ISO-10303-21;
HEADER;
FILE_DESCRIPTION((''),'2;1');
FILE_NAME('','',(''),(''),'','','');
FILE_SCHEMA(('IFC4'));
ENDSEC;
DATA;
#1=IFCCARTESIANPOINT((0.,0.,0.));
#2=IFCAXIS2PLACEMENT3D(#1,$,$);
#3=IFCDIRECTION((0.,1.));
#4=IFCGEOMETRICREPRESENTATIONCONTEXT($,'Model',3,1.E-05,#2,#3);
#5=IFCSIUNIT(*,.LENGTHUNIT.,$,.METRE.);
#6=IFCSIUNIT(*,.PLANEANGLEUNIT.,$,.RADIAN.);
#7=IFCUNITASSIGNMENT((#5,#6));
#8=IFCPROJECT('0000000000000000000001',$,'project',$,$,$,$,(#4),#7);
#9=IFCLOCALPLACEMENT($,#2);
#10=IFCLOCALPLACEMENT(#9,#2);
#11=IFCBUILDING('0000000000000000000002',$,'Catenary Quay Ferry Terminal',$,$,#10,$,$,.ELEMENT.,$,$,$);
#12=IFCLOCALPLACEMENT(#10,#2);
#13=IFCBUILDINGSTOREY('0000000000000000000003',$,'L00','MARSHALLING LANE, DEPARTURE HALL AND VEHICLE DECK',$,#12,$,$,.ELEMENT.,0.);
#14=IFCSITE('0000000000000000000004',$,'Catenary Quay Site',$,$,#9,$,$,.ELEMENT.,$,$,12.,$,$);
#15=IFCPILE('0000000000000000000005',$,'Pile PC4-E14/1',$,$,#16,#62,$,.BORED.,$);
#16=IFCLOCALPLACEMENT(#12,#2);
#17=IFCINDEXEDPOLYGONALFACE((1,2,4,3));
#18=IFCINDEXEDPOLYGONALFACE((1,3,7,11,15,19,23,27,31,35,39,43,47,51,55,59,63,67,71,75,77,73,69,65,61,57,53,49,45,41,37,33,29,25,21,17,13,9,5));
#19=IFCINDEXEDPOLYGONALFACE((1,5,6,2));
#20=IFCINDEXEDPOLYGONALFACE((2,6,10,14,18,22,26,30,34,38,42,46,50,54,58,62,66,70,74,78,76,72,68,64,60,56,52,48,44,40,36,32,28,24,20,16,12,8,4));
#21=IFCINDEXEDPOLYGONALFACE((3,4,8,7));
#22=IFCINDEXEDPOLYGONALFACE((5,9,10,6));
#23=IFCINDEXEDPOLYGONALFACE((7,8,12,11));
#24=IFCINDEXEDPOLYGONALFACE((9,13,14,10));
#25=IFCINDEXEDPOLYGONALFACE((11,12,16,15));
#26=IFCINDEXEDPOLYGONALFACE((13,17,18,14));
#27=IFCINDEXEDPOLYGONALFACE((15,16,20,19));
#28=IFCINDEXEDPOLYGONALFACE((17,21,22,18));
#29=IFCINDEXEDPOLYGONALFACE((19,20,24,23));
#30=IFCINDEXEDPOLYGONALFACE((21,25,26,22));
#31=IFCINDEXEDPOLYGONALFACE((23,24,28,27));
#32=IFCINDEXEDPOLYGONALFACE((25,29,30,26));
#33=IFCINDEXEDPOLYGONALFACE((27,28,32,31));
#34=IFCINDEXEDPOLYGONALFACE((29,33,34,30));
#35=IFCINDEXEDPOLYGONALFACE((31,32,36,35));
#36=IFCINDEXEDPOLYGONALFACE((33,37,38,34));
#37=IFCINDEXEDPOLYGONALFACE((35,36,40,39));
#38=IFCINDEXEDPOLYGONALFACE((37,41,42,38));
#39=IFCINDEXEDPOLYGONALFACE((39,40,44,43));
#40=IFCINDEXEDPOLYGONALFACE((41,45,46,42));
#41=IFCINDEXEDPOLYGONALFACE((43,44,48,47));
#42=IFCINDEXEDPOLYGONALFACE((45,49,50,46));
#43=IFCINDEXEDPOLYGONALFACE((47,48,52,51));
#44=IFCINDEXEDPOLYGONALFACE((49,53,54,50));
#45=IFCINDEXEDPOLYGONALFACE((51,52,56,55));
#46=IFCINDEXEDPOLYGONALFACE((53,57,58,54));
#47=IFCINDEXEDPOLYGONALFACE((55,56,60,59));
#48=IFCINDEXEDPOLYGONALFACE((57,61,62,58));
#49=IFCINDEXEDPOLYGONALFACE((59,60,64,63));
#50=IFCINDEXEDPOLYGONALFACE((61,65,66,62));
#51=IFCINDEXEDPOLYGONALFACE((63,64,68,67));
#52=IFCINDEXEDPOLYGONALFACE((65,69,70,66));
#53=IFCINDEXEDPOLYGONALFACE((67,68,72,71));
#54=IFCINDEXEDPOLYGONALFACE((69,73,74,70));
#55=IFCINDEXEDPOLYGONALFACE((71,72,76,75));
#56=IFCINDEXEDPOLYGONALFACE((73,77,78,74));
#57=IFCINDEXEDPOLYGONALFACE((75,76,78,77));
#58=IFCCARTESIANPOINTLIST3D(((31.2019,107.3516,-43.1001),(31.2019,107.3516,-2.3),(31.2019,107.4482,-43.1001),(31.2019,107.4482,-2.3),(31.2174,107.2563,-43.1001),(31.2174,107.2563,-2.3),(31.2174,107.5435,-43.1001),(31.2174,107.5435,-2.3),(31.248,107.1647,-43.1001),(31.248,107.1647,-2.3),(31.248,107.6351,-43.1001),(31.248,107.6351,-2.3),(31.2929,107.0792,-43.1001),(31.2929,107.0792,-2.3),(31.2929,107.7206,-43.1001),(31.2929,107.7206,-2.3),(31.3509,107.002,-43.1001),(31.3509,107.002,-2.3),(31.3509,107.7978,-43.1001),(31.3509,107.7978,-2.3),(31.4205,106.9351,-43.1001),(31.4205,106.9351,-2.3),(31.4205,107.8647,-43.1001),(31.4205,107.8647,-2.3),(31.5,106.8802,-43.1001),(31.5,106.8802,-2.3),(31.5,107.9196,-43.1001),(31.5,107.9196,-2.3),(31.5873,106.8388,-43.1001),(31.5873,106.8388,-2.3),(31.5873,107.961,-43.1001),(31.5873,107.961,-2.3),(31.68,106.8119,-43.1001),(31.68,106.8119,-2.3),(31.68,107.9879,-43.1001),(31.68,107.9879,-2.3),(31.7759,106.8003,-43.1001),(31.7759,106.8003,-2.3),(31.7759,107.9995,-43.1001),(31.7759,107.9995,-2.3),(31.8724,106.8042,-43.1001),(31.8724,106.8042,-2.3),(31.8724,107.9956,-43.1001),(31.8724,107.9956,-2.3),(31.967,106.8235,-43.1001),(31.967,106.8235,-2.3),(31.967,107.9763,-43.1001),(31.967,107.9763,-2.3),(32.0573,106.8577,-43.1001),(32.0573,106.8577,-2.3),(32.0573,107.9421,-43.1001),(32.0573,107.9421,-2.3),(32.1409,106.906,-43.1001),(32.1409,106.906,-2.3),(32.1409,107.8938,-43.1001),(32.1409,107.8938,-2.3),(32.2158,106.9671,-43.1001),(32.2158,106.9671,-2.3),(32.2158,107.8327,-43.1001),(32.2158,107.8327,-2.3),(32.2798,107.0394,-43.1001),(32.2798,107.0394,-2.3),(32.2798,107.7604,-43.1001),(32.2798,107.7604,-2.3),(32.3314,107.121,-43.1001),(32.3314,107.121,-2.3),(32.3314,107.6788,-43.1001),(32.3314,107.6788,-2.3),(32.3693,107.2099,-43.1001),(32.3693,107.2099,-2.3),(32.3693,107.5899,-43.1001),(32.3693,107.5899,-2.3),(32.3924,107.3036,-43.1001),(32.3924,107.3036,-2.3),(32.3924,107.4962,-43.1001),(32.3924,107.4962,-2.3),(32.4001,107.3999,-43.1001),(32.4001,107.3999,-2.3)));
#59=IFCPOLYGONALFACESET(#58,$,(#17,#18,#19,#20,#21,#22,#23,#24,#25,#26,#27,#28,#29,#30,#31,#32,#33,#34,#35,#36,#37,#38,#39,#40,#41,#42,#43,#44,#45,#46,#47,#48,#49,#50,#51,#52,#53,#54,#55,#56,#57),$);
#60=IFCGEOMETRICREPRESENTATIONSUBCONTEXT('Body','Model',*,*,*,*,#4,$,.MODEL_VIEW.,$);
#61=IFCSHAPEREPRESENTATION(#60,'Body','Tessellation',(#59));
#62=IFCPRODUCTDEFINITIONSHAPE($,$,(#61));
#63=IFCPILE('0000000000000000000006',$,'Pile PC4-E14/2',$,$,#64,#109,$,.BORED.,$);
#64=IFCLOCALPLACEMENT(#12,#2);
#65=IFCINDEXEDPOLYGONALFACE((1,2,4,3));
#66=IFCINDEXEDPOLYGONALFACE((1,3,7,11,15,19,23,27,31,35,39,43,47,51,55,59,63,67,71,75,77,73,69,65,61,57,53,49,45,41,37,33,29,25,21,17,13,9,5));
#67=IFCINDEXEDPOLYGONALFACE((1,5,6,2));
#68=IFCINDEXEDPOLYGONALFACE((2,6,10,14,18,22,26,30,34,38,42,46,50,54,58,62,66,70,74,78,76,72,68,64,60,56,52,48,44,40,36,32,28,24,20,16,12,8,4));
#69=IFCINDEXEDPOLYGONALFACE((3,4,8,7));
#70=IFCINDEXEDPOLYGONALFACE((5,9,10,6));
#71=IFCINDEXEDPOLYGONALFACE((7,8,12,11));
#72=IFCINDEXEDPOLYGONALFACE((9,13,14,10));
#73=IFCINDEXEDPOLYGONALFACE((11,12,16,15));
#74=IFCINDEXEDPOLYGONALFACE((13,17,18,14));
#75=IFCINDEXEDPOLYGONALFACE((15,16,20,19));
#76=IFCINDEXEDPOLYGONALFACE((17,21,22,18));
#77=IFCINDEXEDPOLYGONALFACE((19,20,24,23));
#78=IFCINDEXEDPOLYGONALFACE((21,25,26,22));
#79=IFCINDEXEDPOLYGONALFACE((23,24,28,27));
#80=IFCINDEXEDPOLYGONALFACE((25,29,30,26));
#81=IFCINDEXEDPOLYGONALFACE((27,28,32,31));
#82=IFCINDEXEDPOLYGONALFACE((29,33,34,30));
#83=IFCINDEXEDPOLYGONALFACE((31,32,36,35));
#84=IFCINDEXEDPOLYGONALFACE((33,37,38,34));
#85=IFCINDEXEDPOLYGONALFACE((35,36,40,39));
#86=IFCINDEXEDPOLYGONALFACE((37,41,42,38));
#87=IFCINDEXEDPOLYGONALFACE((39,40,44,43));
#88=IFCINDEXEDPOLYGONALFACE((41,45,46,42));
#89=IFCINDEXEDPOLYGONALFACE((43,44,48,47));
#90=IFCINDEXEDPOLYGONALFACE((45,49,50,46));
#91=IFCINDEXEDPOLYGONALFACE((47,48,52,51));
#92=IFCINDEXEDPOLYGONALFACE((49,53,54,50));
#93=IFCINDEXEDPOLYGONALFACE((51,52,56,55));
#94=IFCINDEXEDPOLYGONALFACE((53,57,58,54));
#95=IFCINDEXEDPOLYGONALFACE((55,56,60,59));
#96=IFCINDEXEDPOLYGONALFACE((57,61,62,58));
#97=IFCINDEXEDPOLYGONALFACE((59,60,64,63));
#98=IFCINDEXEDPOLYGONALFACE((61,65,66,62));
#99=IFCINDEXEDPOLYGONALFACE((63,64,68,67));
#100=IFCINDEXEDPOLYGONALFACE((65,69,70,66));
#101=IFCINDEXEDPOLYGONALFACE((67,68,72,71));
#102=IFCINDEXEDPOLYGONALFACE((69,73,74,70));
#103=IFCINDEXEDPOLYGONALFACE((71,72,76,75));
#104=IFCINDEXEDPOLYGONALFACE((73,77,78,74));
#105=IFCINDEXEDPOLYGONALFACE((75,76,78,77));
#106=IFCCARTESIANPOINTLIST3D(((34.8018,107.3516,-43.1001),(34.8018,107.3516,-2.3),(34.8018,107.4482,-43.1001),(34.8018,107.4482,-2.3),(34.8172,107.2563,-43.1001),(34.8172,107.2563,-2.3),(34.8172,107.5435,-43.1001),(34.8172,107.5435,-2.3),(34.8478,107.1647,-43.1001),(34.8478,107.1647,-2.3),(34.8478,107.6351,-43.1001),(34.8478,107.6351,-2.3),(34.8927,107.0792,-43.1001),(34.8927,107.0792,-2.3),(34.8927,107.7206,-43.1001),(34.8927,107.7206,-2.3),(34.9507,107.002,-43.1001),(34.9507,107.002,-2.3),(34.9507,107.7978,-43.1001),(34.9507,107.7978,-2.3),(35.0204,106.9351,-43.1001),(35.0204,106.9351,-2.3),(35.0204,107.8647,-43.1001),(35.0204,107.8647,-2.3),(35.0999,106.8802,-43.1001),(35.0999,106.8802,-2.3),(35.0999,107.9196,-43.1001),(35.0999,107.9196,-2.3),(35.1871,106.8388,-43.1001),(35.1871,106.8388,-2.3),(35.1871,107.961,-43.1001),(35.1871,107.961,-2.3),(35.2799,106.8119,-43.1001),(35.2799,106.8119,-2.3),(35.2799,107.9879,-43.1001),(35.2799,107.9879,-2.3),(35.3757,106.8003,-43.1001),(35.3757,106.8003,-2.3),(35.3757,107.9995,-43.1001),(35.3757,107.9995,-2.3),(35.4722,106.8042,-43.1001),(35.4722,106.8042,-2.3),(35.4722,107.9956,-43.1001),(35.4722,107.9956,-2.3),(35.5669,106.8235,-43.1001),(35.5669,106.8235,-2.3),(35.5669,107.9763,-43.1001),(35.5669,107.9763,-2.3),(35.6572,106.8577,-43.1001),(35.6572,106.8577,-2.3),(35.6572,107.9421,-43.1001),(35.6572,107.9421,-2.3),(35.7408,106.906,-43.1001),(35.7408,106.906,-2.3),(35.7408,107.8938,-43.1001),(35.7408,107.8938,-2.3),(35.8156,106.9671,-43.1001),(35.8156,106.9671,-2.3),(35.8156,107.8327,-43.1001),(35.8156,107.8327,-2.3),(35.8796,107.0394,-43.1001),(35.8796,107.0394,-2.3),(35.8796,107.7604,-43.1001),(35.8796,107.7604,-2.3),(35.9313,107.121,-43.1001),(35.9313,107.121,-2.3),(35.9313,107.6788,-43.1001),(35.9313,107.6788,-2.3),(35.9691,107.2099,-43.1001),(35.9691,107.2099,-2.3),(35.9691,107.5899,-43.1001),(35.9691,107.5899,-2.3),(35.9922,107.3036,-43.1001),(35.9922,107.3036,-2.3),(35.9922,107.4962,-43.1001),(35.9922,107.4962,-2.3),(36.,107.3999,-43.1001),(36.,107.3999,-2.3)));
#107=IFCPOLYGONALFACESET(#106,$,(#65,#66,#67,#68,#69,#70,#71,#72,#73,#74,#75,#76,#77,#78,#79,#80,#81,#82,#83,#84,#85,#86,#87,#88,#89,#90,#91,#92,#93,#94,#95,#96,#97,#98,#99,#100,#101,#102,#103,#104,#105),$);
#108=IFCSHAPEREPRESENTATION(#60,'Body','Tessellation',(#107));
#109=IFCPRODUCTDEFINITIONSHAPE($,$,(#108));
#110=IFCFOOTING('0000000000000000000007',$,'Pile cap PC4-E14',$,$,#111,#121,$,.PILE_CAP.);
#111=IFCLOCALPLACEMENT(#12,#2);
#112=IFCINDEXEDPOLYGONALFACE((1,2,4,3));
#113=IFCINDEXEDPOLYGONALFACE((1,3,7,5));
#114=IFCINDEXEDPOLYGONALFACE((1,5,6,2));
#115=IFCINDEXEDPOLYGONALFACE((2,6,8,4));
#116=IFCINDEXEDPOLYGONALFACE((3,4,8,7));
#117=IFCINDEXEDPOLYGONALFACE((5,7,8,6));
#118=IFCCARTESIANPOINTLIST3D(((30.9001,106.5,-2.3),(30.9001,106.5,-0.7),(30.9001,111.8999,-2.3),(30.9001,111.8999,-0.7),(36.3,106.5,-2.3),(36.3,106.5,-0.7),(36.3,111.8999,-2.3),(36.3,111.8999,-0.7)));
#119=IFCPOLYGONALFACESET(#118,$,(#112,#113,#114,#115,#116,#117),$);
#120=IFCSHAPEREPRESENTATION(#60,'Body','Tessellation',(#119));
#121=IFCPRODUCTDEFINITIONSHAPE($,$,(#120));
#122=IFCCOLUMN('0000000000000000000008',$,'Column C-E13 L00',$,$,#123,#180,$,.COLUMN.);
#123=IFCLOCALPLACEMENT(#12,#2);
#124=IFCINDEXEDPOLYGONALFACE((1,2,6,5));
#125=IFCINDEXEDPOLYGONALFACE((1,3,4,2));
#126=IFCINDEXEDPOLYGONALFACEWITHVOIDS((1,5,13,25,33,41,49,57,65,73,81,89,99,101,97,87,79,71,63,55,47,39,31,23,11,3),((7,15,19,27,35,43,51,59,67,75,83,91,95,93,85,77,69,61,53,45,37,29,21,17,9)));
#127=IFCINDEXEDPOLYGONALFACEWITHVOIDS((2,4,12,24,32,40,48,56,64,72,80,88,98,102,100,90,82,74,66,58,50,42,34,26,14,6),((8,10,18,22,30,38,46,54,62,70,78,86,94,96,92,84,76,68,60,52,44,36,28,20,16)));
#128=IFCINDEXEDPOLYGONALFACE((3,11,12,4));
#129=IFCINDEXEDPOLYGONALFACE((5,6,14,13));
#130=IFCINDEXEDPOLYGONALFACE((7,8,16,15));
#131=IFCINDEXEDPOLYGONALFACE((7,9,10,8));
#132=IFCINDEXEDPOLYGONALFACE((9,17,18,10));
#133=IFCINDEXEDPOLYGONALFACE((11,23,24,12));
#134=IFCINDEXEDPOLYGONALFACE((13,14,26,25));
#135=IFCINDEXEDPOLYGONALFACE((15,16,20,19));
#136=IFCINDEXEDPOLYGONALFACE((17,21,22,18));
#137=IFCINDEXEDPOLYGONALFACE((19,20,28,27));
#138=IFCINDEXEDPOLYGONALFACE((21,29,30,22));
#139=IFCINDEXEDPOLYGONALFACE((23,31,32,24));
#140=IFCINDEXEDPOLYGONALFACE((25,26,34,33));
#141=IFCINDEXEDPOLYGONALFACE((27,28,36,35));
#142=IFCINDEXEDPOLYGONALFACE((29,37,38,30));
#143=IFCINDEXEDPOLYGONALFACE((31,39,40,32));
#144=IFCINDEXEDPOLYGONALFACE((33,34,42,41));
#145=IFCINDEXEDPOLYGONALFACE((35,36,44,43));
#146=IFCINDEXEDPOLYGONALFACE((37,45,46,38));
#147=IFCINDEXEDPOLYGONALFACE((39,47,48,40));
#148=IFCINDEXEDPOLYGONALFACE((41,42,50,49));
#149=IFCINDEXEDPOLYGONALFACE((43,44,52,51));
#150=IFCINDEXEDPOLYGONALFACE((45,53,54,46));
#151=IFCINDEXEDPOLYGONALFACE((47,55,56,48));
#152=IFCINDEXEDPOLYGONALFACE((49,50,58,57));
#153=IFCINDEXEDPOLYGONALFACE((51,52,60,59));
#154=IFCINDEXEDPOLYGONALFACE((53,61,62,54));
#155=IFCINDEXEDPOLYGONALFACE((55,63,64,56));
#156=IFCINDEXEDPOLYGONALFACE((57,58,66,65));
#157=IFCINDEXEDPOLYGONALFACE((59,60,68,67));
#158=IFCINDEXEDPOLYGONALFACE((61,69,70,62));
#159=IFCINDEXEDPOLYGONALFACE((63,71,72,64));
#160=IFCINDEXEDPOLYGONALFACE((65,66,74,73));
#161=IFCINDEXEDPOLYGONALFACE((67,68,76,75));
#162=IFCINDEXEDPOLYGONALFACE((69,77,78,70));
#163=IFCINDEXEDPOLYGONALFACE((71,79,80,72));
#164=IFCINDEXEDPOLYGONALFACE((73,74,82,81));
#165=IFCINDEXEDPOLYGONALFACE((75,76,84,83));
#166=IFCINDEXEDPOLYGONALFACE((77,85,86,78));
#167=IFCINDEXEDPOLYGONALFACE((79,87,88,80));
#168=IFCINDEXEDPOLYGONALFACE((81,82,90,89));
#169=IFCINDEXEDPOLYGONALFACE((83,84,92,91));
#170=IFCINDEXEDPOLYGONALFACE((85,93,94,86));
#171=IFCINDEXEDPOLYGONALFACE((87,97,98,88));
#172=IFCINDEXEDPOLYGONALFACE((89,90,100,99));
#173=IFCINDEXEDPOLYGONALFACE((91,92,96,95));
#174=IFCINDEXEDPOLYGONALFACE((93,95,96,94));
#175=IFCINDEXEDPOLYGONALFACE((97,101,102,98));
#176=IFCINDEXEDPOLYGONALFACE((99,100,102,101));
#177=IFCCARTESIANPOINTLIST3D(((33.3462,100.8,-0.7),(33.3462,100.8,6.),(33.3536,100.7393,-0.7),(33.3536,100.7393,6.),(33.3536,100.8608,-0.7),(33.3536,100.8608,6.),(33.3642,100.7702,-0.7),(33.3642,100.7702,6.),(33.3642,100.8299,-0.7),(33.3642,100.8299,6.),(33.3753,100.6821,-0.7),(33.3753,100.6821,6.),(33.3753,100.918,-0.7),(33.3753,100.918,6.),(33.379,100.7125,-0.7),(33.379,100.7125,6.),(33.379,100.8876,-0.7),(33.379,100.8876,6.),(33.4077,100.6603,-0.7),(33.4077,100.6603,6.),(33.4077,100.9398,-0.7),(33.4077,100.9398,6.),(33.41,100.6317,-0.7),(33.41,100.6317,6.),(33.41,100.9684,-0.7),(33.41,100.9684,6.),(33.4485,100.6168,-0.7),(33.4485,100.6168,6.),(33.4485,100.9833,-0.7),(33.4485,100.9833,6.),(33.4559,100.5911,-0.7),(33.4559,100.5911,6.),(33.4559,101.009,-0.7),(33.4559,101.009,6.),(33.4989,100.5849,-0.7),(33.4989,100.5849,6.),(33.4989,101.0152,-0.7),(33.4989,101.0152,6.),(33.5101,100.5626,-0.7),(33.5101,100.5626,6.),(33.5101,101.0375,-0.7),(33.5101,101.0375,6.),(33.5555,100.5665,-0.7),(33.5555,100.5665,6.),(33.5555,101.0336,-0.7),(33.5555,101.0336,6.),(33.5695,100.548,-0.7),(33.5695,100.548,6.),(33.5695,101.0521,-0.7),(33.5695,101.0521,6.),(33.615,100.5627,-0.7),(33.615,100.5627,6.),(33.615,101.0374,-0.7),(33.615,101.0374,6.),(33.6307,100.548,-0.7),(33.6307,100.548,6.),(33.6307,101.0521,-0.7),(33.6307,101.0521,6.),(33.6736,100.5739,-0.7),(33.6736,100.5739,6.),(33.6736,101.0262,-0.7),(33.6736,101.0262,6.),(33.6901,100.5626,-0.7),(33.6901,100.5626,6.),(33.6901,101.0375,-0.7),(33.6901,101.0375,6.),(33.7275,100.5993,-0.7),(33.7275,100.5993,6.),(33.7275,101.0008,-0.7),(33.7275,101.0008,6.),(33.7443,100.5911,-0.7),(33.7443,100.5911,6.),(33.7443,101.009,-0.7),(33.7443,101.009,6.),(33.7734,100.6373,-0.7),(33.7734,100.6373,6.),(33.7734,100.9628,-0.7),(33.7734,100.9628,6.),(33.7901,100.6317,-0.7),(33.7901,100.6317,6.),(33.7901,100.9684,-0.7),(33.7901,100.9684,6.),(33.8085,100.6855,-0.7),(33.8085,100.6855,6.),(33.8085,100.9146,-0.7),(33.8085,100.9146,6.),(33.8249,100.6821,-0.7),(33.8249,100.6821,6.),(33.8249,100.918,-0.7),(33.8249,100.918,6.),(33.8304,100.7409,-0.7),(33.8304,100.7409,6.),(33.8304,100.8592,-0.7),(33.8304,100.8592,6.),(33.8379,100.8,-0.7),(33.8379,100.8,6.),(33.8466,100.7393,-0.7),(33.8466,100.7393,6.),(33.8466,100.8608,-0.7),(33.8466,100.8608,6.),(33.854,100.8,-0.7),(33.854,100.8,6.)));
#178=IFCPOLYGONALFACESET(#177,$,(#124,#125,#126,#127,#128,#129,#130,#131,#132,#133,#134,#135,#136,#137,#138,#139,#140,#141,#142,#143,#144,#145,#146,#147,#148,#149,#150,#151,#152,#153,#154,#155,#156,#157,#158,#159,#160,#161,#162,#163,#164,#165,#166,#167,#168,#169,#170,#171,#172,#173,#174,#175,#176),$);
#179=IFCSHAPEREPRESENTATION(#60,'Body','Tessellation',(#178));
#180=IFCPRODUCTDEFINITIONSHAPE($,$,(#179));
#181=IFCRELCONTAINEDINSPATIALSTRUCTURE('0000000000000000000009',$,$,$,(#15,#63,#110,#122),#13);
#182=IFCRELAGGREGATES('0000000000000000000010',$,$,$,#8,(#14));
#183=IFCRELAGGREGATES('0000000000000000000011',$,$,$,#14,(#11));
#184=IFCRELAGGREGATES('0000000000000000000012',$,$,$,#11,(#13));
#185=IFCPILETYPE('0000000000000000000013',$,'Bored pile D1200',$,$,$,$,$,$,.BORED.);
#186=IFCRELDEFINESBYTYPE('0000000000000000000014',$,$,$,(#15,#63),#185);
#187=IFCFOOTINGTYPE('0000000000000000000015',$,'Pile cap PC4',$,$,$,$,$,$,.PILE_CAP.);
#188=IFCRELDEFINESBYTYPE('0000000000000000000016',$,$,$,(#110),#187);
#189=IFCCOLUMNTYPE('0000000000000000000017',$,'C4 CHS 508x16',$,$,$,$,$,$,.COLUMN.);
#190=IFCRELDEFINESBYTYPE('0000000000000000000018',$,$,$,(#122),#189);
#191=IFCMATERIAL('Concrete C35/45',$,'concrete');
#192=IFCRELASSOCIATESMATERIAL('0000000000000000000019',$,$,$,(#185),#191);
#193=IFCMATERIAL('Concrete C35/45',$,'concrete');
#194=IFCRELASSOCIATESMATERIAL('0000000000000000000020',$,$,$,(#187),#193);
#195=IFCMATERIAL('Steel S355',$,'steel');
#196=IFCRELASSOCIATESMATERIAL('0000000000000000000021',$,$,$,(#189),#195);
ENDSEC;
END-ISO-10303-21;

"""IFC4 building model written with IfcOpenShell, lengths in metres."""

from ifc_helpers import new_model, si_unit, direction, frame, origin, origin_2d, place, context, subcontext, project, spatial, rectangle, circle, hollow_circle, extrude, material, material_profile, profile_set, type_object, element, save


model = new_model("IFC4")

# Units and contexts
model_context = context("Model", 3, precision=1e-05, world=origin(), true_north=direction((0.0, 1.0)))
body_context = subcontext(model_context, "Body", "Model", "MODEL_VIEW")
ifc_project = project(units=[si_unit("LENGTHUNIT", "METRE"), si_unit("PLANEANGLEUNIT", "RADIAN")], contexts=[model_context])

# Site, building, storey
site_placement = place(None, origin())
site = spatial("IfcSite", under=ifc_project, at=site_placement, Name="Catenary Quay Site", CompositionType="ELEMENT", RefElevation=12.0)
building_placement = place(site_placement, origin())
building = spatial("IfcBuilding", under=site, at=building_placement, Name="Catenary Quay Ferry Terminal", CompositionType="ELEMENT")
storey_placement = place(building_placement, origin())
storey = spatial("IfcBuildingStorey", under=building, at=storey_placement, Name="L00", Description="MARSHALLING LANE, DEPARTURE HALL AND VEHICLE DECK", CompositionType="ELEMENT", Elevation=0.0)

# Piles
ifc_material_1 = material(Name="Concrete C35/45", Category="concrete")
ifc_material_profile_1 = material_profile(ifc_material_1, circle(Radius=0.6001, at=origin_2d()), Name="D1200")
ifc_profile_set_1 = profile_set([ifc_material_profile_1], Name="Concrete C35/45")
pile_type = type_object("IfcPileType", Name="Bored pile D1200", PredefinedType="BORED", material=ifc_profile_set_1)
for number, where, z_axis, x_axis, name in (
    (1, (31.8, 107.3999, -2.3), (0.0, 0.0, -1.0), (1.0, 0.0, 0.0), "Pile PC4-E14/1"),
    (2, (35.3999, 107.3999, -2.3), (0.0, 0.0, -1.0), (1.0, 0.0, 0.0), "Pile PC4-E14/2"),
):
    element("IfcPile", number, at=place(storey_placement, frame(where, z_axis=z_axis, x_axis=x_axis)), inside=storey, type_object=pile_type, Name=name, PredefinedType="BORED", context=body_context, shape_type="SweptSolid", body=[
        extrude(circle(Radius=0.6001, at=origin_2d()), origin(), (0.0, 0.0, 1.0), 40.8),
    ])

# Footing
ifc_material_2 = material(Name="Concrete C35/45", Category="concrete")
footing_type = type_object("IfcFootingType", Name="Pile cap PC4", PredefinedType="PILE_CAP", material=ifc_material_2)
footing_placement = place(storey_placement, frame((33.6001, 109.2, -2.3), z_axis=(0.0, 0.0, 1.0), x_axis=(1.0, 0.0, 0.0)))
element("IfcFooting", 3, at=footing_placement, inside=storey, type_object=footing_type, Name="Pile cap PC4-E14", PredefinedType="PILE_CAP", context=body_context, shape_type="SweptSolid", body=[
    extrude(rectangle(XDim=5.3999, YDim=5.3999, at=origin_2d()), origin(), (0.0, 0.0, 1.0), 1.6001),
])

# Column
ifc_material_3 = material(Name="Steel S355", Category="steel")
ifc_material_profile_2 = material_profile(ifc_material_3, hollow_circle(Radius=0.2539, WallThickness=0.0161, at=origin_2d()), Name="CHS 508x16")
ifc_profile_set_2 = profile_set([ifc_material_profile_2], Name="Steel S355")
column_type_1 = type_object("IfcColumnType", Name="C4 CHS 508x16", PredefinedType="COLUMN", material=ifc_profile_set_2)
for number, where, z_axis, x_axis, name in (
    (4, (33.6001, 100.8, -0.7), (0.0, 0.0, 1.0), (1.0, 0.0, 0.0), "Column C-E13 L00"),
):
    element("IfcColumn", number, at=place(storey_placement, frame(where, z_axis=z_axis, x_axis=x_axis)), inside=storey, type_object=column_type_1, Name=name, PredefinedType="COLUMN", context=body_context, shape_type="SweptSolid", body=[
        extrude(hollow_circle(Radius=0.2539, WallThickness=0.0161, at=origin_2d()), origin(), (0.0, 0.0, 1.0), 6.7),
    ])

save(model, "model.ifc")
